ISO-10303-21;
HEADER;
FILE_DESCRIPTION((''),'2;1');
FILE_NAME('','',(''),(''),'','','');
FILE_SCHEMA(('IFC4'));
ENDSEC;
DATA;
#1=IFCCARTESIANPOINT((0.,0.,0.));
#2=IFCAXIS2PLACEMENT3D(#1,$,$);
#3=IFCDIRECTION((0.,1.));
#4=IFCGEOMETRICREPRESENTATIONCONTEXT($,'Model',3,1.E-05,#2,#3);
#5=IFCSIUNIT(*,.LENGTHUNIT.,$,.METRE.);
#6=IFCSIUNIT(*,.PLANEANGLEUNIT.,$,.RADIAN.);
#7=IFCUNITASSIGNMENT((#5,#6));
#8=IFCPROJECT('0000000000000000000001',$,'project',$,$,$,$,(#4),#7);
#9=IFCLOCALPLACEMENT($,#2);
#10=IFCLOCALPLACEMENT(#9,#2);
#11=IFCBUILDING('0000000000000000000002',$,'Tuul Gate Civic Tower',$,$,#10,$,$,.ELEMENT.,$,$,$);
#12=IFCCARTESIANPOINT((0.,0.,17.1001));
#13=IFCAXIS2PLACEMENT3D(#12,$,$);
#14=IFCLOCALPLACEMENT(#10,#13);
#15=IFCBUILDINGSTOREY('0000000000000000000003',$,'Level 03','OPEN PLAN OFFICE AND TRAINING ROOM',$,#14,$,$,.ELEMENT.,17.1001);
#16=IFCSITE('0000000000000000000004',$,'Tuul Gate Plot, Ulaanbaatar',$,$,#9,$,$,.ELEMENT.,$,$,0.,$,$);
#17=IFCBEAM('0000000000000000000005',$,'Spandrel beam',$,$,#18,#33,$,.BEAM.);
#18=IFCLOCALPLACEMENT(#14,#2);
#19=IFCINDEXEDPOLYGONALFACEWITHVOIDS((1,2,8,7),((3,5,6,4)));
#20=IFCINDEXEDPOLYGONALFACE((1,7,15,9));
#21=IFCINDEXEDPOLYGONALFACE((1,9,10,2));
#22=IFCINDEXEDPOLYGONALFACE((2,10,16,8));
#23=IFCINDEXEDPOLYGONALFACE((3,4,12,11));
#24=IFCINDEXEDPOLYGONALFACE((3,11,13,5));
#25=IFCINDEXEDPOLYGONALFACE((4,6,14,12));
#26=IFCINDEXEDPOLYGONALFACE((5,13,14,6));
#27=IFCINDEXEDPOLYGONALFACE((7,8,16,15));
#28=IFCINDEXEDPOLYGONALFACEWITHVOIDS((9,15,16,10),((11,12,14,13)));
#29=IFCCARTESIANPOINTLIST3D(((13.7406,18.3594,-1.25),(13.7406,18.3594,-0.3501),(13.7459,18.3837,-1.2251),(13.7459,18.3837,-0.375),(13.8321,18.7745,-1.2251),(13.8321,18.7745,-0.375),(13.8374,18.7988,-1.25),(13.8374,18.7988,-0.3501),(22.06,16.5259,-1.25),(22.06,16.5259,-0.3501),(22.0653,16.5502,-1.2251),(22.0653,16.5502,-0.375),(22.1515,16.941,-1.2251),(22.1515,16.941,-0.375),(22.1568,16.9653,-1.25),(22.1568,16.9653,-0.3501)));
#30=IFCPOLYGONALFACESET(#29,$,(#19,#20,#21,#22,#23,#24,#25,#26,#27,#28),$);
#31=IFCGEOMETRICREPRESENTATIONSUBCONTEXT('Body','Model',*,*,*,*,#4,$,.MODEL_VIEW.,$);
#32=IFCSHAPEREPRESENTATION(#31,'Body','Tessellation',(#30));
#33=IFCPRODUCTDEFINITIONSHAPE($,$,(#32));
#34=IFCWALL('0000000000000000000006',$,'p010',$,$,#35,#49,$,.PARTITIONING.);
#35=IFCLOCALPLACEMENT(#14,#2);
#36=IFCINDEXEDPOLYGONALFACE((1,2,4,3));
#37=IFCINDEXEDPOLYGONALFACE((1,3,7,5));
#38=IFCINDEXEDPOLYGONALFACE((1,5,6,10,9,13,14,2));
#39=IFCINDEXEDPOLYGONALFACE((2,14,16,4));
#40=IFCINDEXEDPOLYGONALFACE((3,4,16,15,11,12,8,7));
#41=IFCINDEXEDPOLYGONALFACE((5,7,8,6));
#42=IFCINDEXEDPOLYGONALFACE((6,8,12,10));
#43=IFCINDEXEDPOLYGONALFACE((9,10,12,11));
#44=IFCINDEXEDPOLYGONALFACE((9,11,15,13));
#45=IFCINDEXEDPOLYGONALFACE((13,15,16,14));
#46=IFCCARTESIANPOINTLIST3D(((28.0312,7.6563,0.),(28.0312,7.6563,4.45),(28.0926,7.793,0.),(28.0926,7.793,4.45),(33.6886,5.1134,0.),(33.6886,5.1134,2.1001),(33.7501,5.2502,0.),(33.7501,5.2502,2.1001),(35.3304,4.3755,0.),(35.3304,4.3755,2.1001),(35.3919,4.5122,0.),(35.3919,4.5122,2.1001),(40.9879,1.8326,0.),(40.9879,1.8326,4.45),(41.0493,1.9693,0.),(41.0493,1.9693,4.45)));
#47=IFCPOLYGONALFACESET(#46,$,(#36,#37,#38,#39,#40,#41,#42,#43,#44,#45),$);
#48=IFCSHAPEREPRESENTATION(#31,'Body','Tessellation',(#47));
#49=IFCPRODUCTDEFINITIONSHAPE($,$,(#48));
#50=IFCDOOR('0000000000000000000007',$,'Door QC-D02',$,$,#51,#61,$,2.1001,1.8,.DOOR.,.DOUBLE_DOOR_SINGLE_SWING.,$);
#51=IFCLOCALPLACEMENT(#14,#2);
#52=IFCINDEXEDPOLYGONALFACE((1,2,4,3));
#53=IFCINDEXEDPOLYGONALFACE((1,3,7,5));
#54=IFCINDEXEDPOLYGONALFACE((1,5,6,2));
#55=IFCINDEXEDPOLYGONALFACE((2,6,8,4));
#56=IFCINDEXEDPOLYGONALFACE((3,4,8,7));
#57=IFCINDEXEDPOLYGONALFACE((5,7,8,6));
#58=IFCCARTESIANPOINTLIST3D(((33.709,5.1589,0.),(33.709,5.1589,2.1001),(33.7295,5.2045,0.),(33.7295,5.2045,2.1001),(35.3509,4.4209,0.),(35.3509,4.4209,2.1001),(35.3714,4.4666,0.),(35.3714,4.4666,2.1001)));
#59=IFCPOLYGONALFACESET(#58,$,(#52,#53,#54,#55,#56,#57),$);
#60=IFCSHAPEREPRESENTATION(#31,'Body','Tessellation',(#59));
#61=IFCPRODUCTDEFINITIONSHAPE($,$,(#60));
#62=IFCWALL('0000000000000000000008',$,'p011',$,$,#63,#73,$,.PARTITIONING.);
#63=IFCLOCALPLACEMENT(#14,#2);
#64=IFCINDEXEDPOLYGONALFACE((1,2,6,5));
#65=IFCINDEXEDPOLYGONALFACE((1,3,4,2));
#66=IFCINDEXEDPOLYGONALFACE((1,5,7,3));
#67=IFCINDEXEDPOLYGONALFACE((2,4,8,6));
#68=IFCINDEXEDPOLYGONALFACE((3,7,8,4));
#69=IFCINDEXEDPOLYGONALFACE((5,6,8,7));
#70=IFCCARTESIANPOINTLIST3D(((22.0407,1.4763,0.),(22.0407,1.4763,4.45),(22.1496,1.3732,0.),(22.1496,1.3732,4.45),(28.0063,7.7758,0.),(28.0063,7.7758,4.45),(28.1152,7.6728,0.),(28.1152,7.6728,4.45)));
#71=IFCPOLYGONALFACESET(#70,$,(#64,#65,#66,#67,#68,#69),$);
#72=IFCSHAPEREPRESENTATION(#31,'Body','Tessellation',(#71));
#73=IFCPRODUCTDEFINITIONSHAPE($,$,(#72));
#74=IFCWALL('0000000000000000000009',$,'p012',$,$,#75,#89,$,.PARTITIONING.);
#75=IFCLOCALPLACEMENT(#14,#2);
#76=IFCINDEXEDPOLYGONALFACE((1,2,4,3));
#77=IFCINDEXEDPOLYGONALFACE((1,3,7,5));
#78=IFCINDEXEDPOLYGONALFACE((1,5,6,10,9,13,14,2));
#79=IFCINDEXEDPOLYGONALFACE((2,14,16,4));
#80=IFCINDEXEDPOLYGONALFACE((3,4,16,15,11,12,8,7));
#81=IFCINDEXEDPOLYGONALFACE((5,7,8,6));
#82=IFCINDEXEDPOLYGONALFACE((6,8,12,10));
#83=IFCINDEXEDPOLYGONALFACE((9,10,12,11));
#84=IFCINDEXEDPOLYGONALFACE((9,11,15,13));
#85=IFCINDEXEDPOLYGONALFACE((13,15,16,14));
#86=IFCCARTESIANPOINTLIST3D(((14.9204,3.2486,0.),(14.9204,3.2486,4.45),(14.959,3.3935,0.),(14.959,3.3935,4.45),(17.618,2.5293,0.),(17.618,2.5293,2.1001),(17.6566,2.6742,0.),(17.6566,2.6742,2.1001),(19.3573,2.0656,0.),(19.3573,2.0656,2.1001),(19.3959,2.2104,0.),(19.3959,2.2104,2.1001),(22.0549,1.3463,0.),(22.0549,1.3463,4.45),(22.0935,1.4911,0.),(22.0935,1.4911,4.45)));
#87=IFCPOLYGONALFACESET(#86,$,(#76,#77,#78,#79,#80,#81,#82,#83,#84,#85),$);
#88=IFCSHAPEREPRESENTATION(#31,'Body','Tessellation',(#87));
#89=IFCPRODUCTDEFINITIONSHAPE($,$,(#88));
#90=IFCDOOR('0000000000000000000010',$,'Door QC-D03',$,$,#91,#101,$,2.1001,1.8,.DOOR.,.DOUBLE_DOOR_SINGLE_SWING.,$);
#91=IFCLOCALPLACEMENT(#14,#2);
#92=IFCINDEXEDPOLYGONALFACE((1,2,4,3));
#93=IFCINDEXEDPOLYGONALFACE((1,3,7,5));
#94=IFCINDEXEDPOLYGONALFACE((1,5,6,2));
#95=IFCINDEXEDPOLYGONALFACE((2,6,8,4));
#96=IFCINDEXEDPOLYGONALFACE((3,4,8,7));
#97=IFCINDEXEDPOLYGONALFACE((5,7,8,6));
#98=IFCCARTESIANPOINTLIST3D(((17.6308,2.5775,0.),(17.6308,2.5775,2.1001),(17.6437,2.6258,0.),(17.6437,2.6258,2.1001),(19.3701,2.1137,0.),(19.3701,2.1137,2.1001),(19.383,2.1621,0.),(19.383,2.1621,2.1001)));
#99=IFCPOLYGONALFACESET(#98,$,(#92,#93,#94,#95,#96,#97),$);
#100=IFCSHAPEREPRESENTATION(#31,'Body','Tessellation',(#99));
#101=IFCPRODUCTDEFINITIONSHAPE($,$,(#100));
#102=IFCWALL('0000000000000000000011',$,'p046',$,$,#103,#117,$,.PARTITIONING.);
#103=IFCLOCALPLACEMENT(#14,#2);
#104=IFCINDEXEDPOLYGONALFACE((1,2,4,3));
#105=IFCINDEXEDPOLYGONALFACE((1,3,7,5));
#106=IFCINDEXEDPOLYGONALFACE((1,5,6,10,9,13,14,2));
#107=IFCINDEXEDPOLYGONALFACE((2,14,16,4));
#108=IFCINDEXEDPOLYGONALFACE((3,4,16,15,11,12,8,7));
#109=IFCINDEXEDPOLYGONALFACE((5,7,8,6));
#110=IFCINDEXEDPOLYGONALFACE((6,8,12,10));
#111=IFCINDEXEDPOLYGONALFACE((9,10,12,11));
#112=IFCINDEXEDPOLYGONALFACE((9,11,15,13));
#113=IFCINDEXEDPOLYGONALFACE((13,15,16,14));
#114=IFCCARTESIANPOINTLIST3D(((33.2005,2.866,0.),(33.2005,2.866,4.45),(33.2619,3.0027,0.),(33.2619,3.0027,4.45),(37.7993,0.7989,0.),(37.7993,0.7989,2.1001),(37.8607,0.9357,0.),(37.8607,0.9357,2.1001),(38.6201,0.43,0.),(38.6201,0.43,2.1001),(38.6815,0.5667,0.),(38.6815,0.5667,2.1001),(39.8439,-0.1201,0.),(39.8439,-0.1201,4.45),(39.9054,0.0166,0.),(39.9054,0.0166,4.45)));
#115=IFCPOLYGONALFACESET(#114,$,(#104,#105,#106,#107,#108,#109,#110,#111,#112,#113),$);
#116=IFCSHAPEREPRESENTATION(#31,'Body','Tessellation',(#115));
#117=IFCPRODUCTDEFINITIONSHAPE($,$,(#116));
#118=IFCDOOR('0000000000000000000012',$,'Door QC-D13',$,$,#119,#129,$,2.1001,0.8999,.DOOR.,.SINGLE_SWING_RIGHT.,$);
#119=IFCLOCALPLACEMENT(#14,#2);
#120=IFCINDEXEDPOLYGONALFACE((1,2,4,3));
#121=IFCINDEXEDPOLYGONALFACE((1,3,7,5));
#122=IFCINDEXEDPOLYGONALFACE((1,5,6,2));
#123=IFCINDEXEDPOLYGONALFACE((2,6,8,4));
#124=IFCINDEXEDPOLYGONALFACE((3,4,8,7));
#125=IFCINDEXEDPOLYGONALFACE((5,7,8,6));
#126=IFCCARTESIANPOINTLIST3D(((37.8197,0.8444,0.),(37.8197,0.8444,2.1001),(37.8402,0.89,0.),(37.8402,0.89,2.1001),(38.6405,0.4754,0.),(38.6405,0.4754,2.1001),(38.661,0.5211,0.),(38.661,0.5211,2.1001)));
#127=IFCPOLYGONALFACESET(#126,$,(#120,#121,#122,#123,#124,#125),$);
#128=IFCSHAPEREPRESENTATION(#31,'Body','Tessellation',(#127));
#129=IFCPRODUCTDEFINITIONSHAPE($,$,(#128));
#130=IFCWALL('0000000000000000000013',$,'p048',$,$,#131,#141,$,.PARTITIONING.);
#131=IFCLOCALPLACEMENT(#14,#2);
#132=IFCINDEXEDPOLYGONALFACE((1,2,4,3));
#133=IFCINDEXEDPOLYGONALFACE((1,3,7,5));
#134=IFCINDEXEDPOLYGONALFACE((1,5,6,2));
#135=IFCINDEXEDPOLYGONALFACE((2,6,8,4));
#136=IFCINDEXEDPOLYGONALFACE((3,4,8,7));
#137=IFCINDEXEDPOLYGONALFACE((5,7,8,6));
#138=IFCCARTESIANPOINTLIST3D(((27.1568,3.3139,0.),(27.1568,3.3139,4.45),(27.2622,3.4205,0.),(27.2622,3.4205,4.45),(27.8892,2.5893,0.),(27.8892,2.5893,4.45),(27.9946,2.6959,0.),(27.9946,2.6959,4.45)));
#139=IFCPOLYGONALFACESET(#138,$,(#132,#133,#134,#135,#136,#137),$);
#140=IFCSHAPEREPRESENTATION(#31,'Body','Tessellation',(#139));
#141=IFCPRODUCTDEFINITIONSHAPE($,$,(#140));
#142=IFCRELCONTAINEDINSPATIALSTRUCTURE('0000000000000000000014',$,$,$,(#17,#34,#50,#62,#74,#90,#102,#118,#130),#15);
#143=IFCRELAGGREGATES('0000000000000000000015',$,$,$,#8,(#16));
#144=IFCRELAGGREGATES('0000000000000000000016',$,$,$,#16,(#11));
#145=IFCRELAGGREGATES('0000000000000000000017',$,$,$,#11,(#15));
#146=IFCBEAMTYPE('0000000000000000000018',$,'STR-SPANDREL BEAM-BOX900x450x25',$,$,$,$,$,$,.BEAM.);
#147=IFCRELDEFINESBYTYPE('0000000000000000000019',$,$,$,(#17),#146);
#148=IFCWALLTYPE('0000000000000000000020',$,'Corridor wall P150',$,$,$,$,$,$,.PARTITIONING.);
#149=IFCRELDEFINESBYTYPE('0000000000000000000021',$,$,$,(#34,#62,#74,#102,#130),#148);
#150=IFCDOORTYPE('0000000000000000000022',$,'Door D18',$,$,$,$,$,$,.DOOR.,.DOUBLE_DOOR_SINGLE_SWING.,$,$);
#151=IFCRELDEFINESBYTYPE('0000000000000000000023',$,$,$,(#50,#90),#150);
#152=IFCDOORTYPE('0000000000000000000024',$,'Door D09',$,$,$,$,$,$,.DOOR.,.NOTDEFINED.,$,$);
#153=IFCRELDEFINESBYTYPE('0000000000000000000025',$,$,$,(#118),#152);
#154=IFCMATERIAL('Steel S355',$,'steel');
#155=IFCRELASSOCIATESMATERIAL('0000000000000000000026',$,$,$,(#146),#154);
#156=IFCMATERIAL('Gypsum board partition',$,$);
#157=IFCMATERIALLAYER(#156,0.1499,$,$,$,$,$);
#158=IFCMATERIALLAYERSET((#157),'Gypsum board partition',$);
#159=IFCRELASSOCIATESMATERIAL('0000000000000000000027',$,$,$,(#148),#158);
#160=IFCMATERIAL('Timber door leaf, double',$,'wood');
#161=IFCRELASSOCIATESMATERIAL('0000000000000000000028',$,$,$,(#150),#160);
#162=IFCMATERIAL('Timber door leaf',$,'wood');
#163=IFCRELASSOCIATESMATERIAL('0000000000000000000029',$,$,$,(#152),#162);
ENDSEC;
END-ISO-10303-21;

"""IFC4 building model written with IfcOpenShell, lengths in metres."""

from ifc_helpers import new_model, si_unit, direction, frame, frame_2d, origin, origin_2d, place, context, subcontext, project, spatial, rectangle, hollow_rectangle, extrude, material, layer, layer_set, material_profile, profile_set, type_object, element, fill, save


model = new_model("IFC4")

# Units and contexts
model_context = context("Model", 3, precision=1e-05, world=origin(), true_north=direction((0.0, 1.0)))
body_context = subcontext(model_context, "Body", "Model", "MODEL_VIEW")
ifc_project = project(units=[si_unit("LENGTHUNIT", "METRE"), si_unit("PLANEANGLEUNIT", "RADIAN")], contexts=[model_context])

# Site, building, storey
site_placement = place(None, origin())
site = spatial("IfcSite", under=ifc_project, at=site_placement, Name="Tuul Gate Plot, Ulaanbaatar", CompositionType="ELEMENT", RefElevation=0.0)
building_placement = place(site_placement, origin())
building = spatial("IfcBuilding", under=site, at=building_placement, Name="Tuul Gate Civic Tower", CompositionType="ELEMENT")
storey_placement = place(building_placement, frame((0.0, 0.0, 17.1001)))
storey = spatial("IfcBuildingStorey", under=building, at=storey_placement, Name="Level 03", Description="OPEN PLAN OFFICE AND TRAINING ROOM", CompositionType="ELEMENT", Elevation=17.1001)

# Beam
ifc_material_1 = material(Name="Steel S355", Category="steel")
ifc_material_profile_1 = material_profile(ifc_material_1, hollow_rectangle(XDim=0.45, YDim=0.8999, WallThickness=0.0249, at=origin_2d()), Name="BOX900x450x25")
ifc_profile_set_1 = profile_set([ifc_material_profile_1], Name="Steel S355")
beam_type_1 = type_object("IfcBeamType", Name="STR-SPANDREL BEAM-BOX900x450x25", PredefinedType="BEAM", material=ifc_profile_set_1)
beam_1_placement = place(storey_placement, frame((22.1084, 16.7456, -0.8), z_axis=(-0.976565, 0.215225, 0.0), x_axis=(-0.215225, -0.976565, 0.0)))
element("IfcBeam", 1, at=beam_1_placement, inside=storey, type_object=beam_type_1, Name="Spandrel beam", PredefinedType="BEAM", context=body_context, shape_type="SweptSolid", body=[
    extrude(hollow_rectangle(XDim=0.45, YDim=0.8999, WallThickness=0.0249, at=origin_2d()), origin(), (0.0, 0.0, 1.0), 8.519),
])

# Wall, opening, door
ifc_material_2 = material(Name="Gypsum board partition")
ifc_layer_1 = layer(ifc_material_2, 0.1499)
ifc_layer_set_1 = layer_set([ifc_layer_1], Name="Gypsum board partition")
wall_type_1 = type_object("IfcWallType", Name="Corridor wall P150", PredefinedType="PARTITIONING", material=ifc_layer_set_1)
wall_1_placement = place(storey_placement, frame((28.062, 7.7246, 0.0), z_axis=(0.0, 0.0, 1.0), x_axis=(0.912101, -0.409965, 0.0)))
wall_1 = element("IfcWall", 2, at=wall_1_placement, inside=storey, type_object=wall_type_1, Name="p010", PredefinedType="PARTITIONING", context=body_context, shape_type="SweptSolid", body=[
    extrude(rectangle(XDim=14.2053, YDim=0.1499, at=frame_2d((7.1025, 0.0))), origin(), (0.0, 0.0, 1.0), 4.45),
])
opening_1_placement = place(wall_1_placement, frame((6.2026, 0.0, 0.0)))
opening_1 = element("IfcOpeningElement", 3, at=opening_1_placement, cuts=wall_1, PredefinedType="OPENING", context=body_context, shape_type="SweptSolid", body=[
    extrude(rectangle(XDim=1.8, YDim=2.1001, at=frame_2d((0.8999, 1.05))), frame((0.0, 0.085, 0.0), z_axis=(0.0, -1.0, 0.0), x_axis=(1.0, 0.0, 0.0)), (0.0, 0.0, 1.0), 0.1699),
])
ifc_material_3 = material(Name="Timber door leaf, double", Category="wood")
door_type_1 = type_object("IfcDoorType", Name="Door D18", OperationType="DOUBLE_DOOR_SINGLE_SWING", PredefinedType="DOOR", material=ifc_material_3)
door_1_placement = place(opening_1_placement, origin())
door_1 = element("IfcDoor", 4, at=door_1_placement, inside=storey, type_object=door_type_1, Name="Door QC-D02", OperationType="DOUBLE_DOOR_SINGLE_SWING", OverallHeight=2.1001, OverallWidth=1.8, PredefinedType="DOOR", context=body_context, shape_type="SweptSolid", body=[
    extrude(rectangle(XDim=1.8, YDim=2.1001, at=frame_2d((0.8999, 1.05))), frame((0.0, 0.0249, 0.0), z_axis=(0.0, -1.0, 0.0), x_axis=(1.0, 0.0, 0.0)), (0.0, 0.0, 1.0), 0.05),
])
fill(opening_1, door_1)

# Wall
wall_2_placement = place(storey_placement, frame((22.0952, 1.4248, 0.0), z_axis=(0.0, 0.0, 1.0), x_axis=(0.687597, 0.726092, 0.0)))
element("IfcWall", 5, at=wall_2_placement, inside=storey, type_object=wall_type_1, Name="p011", PredefinedType="PARTITIONING", context=body_context, shape_type="SweptSolid", body=[
    extrude(rectangle(XDim=8.676, YDim=0.1499, at=frame_2d((4.3379, 0.0))), origin(), (0.0, 0.0, 1.0), 4.45),
])

# Walls, openings, doors
wall_3_placement = place(storey_placement, frame((14.9397, 3.321, 0.0), z_axis=(0.0, 0.0, 1.0), x_axis=(0.966242, -0.257638, 0.0)))
wall_3 = element("IfcWall", 6, at=wall_3_placement, inside=storey, type_object=wall_type_1, Name="p012", PredefinedType="PARTITIONING", context=body_context, shape_type="SweptSolid", body=[
    extrude(rectangle(XDim=7.3838, YDim=0.1499, at=frame_2d((3.6919, 0.0))), origin(), (0.0, 0.0, 1.0), 4.45),
])
opening_2_placement = place(wall_3_placement, frame((2.792, 0.0, 0.0)))
opening_2 = element("IfcOpeningElement", 7, at=opening_2_placement, cuts=wall_3, PredefinedType="OPENING", context=body_context, shape_type="SweptSolid", body=[
    extrude(rectangle(XDim=1.8, YDim=2.1001, at=frame_2d((0.8999, 1.05))), frame((0.0, 0.085, 0.0), z_axis=(0.0, -1.0, 0.0), x_axis=(1.0, 0.0, 0.0)), (0.0, 0.0, 1.0), 0.1699),
])
door_2_placement = place(opening_2_placement, origin())
door_2 = element("IfcDoor", 8, at=door_2_placement, inside=storey, type_object=door_type_1, Name="Door QC-D03", OperationType="DOUBLE_DOOR_SINGLE_SWING", OverallHeight=2.1001, OverallWidth=1.8, PredefinedType="DOOR", context=body_context, shape_type="SweptSolid", body=[
    extrude(rectangle(XDim=1.8, YDim=2.1001, at=frame_2d((0.8999, 1.05))), frame((0.0, 0.0249, 0.0), z_axis=(0.0, -1.0, 0.0), x_axis=(1.0, 0.0, 0.0)), (0.0, 0.0, 1.0), 0.05),
])
fill(opening_2, door_2)
wall_4_placement = place(storey_placement, frame((33.2312, 2.9343, 0.0), z_axis=(0.0, 0.0, 1.0), x_axis=(0.912102, -0.409963, 0.0)))
wall_4 = element("IfcWall", 9, at=wall_4_placement, inside=storey, type_object=wall_type_1, Name="p046", PredefinedType="PARTITIONING", context=body_context, shape_type="SweptSolid", body=[
    extrude(rectangle(XDim=7.2837, YDim=0.1499, at=frame_2d((3.6418, 0.0))), origin(), (0.0, 0.0, 1.0), 4.45),
])
opening_3_placement = place(wall_4_placement, frame((5.042, 0.0, 0.0)))
opening_3 = element("IfcOpeningElement", 10, at=opening_3_placement, cuts=wall_4, PredefinedType="OPENING", context=body_context, shape_type="SweptSolid", body=[
    extrude(rectangle(XDim=0.8999, YDim=2.1001, at=frame_2d((0.45, 1.05))), frame((0.0, 0.085, 0.0), z_axis=(0.0, -1.0, 0.0), x_axis=(1.0, 0.0, 0.0)), (0.0, 0.0, 1.0), 0.1699),
])
ifc_material_4 = material(Name="Timber door leaf", Category="wood")
door_type_2 = type_object("IfcDoorType", Name="Door D09", OperationType="NOTDEFINED", PredefinedType="DOOR", material=ifc_material_4)
door_3_placement = place(opening_3_placement, origin())
door_3 = element("IfcDoor", 11, at=door_3_placement, inside=storey, type_object=door_type_2, Name="Door QC-D13", OperationType="SINGLE_SWING_RIGHT", OverallHeight=2.1001, OverallWidth=0.8999, PredefinedType="DOOR", context=body_context, shape_type="SweptSolid", body=[
    extrude(rectangle(XDim=0.8999, YDim=2.1001, at=frame_2d((0.45, 1.05))), frame((0.0, 0.0249, 0.0), z_axis=(0.0, -1.0, 0.0), x_axis=(1.0, 0.0, 0.0)), (0.0, 0.0, 1.0), 0.05),
])
fill(opening_3, door_3)

# Wall
wall_5_placement = place(storey_placement, frame((27.2095, 3.3672, 0.0), z_axis=(0.0, 0.0, 1.0), x_axis=(0.710888, -0.703305, 0.0)))
element("IfcWall", 12, at=wall_5_placement, inside=storey, type_object=wall_type_1, Name="p048", PredefinedType="PARTITIONING", context=body_context, shape_type="SweptSolid", body=[
    extrude(rectangle(XDim=1.0303, YDim=0.1499, at=frame_2d((0.5151, 0.0))), origin(), (0.0, 0.0, 1.0), 4.45),
])

save(model, "model.ifc")
